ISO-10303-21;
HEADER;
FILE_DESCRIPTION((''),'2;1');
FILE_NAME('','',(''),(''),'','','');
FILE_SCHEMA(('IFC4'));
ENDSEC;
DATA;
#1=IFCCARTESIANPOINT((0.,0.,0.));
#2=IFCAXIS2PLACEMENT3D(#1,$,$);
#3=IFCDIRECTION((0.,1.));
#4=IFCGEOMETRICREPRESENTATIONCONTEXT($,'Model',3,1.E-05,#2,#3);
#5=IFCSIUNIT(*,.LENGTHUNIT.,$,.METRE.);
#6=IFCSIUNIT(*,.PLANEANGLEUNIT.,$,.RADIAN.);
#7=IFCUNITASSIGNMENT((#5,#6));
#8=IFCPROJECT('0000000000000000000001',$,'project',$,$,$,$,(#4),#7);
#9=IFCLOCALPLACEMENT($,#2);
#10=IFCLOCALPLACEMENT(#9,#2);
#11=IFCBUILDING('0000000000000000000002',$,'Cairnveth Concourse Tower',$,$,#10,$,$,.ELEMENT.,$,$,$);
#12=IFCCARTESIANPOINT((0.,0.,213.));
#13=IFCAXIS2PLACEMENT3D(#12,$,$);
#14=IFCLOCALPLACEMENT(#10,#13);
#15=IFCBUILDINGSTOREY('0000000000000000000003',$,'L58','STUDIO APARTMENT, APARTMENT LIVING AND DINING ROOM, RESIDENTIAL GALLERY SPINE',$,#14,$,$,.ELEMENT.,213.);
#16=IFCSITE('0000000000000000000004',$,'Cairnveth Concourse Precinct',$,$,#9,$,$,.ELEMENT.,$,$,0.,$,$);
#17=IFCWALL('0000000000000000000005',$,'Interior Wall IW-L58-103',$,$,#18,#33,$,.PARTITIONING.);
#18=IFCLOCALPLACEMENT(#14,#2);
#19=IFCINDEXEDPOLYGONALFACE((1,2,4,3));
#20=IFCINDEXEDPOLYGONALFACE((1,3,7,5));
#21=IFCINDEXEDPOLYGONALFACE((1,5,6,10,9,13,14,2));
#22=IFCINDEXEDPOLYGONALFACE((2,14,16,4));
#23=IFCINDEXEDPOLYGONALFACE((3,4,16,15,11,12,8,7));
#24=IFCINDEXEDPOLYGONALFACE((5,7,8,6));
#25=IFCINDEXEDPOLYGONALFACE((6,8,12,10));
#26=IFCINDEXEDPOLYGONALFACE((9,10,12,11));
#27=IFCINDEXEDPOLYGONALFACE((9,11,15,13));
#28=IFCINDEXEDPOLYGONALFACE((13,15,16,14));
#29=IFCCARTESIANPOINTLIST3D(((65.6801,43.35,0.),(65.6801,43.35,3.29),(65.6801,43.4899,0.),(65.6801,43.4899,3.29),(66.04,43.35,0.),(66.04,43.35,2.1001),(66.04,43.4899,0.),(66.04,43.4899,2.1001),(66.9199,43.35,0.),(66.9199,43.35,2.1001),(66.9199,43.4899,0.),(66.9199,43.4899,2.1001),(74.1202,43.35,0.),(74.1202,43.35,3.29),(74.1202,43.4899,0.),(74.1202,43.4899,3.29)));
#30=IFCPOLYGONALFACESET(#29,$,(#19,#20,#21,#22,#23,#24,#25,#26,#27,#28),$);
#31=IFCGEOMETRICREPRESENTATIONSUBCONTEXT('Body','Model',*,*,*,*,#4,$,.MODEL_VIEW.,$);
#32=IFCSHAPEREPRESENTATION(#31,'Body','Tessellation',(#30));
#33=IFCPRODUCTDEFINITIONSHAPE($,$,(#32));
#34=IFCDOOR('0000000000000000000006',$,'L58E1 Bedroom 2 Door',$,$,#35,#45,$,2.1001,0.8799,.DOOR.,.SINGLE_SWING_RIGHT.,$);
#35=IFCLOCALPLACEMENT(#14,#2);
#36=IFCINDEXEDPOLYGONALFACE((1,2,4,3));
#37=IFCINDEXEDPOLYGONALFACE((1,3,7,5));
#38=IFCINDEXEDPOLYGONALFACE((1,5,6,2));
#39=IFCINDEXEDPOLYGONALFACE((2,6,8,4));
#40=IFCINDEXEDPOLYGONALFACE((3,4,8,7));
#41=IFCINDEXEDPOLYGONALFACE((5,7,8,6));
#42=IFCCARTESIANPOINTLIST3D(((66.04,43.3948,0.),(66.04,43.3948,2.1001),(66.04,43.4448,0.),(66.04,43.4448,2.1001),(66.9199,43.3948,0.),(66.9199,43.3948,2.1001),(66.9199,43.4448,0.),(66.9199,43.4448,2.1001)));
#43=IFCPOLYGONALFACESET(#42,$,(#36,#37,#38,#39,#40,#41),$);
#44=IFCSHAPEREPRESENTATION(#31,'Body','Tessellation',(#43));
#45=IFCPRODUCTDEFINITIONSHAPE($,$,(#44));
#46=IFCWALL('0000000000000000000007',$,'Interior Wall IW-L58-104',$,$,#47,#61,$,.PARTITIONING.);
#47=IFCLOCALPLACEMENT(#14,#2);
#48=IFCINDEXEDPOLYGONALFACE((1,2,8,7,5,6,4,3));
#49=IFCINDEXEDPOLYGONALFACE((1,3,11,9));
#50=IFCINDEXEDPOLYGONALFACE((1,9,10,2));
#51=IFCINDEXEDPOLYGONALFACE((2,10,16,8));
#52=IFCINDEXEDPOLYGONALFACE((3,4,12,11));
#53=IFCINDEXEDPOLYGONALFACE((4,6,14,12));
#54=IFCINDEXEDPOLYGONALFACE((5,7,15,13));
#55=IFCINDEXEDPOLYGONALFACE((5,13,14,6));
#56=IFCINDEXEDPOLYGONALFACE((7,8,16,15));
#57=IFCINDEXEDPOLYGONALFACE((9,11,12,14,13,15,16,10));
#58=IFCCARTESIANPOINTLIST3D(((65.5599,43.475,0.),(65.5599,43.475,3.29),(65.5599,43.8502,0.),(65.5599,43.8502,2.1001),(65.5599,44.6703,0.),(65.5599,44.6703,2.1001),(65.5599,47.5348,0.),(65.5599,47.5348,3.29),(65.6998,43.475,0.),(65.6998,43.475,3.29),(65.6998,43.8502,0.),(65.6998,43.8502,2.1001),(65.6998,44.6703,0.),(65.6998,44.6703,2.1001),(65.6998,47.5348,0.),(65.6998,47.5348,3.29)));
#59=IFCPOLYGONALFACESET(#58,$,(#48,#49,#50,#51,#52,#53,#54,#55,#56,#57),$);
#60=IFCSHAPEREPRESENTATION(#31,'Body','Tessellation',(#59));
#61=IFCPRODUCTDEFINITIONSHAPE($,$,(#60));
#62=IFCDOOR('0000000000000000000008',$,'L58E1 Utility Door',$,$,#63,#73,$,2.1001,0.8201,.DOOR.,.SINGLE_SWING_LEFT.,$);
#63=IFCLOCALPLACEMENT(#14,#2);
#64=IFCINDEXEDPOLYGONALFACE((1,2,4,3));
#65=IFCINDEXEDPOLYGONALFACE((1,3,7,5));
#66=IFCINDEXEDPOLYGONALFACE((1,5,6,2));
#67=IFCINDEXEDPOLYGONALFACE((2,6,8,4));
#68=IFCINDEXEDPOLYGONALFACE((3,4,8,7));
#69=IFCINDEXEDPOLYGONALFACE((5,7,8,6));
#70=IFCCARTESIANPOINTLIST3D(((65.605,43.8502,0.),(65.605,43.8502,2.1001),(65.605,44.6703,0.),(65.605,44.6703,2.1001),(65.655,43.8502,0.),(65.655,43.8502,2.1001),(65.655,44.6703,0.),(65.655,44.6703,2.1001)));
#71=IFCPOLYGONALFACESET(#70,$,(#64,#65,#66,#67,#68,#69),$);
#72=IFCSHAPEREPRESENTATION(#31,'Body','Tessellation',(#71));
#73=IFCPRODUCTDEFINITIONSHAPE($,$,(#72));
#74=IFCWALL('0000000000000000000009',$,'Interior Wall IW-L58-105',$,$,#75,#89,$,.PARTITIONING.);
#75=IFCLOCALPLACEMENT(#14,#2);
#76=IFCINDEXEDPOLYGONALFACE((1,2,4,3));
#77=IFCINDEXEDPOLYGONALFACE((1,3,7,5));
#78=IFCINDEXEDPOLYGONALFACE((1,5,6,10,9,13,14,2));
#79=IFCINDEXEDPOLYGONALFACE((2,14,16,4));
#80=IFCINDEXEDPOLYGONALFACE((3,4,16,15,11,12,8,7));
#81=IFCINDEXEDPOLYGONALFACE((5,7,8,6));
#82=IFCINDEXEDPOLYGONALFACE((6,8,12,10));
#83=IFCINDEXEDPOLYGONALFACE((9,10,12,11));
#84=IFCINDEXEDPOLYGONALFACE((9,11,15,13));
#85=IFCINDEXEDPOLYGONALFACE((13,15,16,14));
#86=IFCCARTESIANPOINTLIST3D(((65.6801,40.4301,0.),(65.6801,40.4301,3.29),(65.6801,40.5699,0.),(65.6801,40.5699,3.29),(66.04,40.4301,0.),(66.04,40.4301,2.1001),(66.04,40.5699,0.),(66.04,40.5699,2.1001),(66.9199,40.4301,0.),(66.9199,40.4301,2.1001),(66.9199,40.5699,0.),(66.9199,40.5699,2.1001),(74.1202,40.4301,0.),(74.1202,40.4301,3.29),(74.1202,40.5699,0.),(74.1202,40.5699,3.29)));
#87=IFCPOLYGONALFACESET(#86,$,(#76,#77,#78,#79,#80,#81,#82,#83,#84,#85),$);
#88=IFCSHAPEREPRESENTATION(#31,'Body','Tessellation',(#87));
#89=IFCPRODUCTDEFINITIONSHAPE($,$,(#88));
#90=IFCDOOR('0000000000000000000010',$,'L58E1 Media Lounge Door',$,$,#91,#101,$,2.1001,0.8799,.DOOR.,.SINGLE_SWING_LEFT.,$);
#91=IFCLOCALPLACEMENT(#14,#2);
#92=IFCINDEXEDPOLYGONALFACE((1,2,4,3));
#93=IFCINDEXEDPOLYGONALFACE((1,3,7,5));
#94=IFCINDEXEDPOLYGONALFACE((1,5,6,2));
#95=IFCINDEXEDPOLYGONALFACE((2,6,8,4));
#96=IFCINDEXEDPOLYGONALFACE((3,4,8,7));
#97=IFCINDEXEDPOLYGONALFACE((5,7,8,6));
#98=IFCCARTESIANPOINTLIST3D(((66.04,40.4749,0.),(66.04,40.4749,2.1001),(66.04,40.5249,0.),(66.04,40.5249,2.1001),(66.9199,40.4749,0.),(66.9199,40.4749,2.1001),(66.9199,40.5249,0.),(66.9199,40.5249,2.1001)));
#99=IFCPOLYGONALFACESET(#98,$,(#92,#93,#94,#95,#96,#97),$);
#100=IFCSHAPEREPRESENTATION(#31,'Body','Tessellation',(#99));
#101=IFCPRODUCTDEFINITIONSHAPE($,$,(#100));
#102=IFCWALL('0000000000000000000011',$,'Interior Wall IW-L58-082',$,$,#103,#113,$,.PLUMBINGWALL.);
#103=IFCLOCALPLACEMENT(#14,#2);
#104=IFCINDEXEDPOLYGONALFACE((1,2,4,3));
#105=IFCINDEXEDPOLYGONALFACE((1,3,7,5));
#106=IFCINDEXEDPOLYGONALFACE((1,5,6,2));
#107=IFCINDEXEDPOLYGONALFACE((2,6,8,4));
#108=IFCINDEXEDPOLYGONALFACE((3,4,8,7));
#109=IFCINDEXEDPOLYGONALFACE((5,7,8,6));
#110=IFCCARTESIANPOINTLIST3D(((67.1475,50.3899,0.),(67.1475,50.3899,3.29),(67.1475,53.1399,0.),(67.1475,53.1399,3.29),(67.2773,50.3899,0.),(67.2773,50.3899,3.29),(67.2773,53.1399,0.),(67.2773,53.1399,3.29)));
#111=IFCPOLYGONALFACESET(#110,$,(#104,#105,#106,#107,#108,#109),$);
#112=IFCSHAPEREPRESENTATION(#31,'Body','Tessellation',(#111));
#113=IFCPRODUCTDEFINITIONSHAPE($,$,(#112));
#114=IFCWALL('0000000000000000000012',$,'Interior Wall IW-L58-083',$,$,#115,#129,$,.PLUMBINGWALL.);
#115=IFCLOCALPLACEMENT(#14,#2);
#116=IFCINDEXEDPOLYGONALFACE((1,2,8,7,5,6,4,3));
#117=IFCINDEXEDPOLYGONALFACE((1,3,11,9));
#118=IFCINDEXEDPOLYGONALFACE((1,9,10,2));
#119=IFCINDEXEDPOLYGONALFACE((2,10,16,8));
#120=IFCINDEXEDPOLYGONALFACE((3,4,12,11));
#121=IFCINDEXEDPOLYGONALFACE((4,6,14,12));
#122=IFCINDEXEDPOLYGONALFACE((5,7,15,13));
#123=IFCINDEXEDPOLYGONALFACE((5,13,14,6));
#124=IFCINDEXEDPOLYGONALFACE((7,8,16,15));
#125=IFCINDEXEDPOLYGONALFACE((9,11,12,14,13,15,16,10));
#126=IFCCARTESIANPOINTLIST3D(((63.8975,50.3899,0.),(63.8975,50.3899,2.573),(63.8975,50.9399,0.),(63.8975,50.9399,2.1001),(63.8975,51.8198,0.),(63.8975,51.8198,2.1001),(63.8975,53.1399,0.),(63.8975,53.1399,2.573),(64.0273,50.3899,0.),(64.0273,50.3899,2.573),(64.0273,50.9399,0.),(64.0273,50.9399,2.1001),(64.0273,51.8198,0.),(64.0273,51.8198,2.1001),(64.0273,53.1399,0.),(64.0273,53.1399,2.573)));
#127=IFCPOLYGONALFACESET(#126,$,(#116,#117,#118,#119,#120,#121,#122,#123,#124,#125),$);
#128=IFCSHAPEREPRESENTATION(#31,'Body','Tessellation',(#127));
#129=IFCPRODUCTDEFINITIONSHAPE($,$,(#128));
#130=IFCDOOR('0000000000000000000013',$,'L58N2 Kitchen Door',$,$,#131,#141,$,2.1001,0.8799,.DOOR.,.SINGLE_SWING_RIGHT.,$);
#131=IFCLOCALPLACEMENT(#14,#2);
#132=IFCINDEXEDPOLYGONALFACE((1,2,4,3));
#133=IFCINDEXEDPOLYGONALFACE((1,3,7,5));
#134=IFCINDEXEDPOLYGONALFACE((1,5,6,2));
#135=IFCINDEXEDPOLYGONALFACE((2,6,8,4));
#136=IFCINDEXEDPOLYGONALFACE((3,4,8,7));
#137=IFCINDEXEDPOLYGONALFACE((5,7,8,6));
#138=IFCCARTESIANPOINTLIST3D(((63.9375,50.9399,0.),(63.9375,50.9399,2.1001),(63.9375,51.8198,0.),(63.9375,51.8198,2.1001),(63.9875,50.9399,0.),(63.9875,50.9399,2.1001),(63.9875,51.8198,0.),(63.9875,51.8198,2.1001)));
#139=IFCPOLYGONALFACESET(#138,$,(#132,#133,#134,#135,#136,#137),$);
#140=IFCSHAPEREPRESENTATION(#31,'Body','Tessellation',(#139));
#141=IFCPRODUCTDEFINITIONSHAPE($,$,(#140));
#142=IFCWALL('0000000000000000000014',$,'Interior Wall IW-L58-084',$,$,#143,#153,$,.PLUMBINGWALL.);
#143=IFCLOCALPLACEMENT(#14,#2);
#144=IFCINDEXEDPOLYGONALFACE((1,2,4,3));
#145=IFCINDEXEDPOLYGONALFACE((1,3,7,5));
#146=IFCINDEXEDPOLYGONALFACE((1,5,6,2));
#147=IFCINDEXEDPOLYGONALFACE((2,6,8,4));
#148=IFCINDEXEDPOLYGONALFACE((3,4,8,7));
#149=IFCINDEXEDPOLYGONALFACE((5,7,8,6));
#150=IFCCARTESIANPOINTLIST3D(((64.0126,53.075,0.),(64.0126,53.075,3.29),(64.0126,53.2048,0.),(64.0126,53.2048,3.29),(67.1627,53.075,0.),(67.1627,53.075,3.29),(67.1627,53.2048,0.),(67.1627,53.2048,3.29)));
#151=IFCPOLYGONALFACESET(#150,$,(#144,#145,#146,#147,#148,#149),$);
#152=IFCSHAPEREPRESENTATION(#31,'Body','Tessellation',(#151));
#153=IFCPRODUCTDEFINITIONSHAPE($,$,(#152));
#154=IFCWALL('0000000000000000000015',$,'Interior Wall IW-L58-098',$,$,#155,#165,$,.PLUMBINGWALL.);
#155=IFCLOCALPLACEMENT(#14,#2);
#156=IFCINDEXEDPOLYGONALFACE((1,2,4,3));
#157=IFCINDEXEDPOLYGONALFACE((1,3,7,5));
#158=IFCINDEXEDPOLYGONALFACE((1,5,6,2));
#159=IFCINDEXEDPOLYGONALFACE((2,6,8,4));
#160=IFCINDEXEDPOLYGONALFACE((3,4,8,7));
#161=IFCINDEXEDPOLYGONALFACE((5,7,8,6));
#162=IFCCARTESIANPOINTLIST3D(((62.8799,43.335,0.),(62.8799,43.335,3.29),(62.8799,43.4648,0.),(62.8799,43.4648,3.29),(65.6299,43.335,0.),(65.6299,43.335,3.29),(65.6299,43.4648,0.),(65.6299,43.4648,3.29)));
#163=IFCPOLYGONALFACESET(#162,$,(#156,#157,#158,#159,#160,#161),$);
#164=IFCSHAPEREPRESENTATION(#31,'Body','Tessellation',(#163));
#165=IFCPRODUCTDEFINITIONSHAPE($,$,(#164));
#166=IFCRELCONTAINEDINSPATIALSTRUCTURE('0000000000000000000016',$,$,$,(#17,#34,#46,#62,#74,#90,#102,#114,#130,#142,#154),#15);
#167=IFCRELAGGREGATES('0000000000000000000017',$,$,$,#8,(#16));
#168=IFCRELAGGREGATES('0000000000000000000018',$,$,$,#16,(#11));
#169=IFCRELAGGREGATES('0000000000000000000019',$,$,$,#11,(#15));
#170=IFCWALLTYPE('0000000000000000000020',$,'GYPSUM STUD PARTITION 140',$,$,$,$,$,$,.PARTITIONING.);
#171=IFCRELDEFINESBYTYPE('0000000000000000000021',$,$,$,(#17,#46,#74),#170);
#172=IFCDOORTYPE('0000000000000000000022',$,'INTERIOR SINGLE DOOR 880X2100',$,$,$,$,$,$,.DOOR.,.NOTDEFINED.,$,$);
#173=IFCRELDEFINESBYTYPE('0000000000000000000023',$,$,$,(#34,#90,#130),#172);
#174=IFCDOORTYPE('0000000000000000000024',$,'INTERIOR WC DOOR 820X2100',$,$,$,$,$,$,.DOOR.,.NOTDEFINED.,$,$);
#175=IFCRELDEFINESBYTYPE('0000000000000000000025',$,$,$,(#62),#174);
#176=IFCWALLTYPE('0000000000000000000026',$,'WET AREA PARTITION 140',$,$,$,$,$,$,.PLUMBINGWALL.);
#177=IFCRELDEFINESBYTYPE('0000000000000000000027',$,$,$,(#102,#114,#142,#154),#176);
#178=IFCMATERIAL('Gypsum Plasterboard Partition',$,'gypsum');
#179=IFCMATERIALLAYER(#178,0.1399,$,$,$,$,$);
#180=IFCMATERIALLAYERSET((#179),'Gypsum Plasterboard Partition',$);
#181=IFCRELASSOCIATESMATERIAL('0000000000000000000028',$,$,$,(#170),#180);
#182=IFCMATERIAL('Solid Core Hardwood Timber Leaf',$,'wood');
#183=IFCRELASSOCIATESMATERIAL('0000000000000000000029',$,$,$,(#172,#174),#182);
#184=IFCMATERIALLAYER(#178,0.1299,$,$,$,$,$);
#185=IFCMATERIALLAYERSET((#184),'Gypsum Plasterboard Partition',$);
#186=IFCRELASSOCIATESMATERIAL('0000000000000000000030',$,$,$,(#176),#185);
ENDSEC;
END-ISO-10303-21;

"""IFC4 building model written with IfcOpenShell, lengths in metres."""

from ifc_helpers import new_model, si_unit, direction, frame, frame_2d, origin, place, context, subcontext, project, spatial, rectangle, extrude, material, layer, layer_set, type_object, element, fill, save


model = new_model("IFC4")

# Units and contexts
model_context = context("Model", 3, precision=1e-05, world=origin(), true_north=direction((0.0, 1.0)))
body_context = subcontext(model_context, "Body", "Model", "MODEL_VIEW")
ifc_project = project(units=[si_unit("LENGTHUNIT", "METRE"), si_unit("PLANEANGLEUNIT", "RADIAN")], contexts=[model_context])

# Site, building, storey
site_placement = place(None, origin())
site = spatial("IfcSite", under=ifc_project, at=site_placement, Name="Cairnveth Concourse Precinct", CompositionType="ELEMENT", RefElevation=0.0)
building_placement = place(site_placement, origin())
building = spatial("IfcBuilding", under=site, at=building_placement, Name="Cairnveth Concourse Tower", CompositionType="ELEMENT")
storey_placement = place(building_placement, frame((0.0, 0.0, 213.0)))
storey = spatial("IfcBuildingStorey", under=building, at=storey_placement, Name="L58", Description="STUDIO APARTMENT, APARTMENT LIVING AND DINING ROOM, RESIDENTIAL GALLERY SPINE", CompositionType="ELEMENT", Elevation=213.0)

# Shared definitions
ifc_material_1 = material(Name="Gypsum Plasterboard Partition", Category="gypsum")

# Walls, openings, doors
ifc_layer_1 = layer(ifc_material_1, 0.1399)
ifc_layer_set_1 = layer_set([ifc_layer_1], Name="Gypsum Plasterboard Partition")
wall_type_1 = type_object("IfcWallType", Name="GYPSUM STUD PARTITION 140", PredefinedType="PARTITIONING", material=ifc_layer_set_1)
ifc_material_2 = material(Name="Solid Core Hardwood Timber Leaf", Category="wood")
door_type_1 = type_object("IfcDoorType", Name="INTERIOR SINGLE DOOR 880X2100", OperationType="NOTDEFINED", PredefinedType="DOOR", material=ifc_material_2)
door_type_2 = type_object("IfcDoorType", Name="INTERIOR WC DOOR 820X2100", OperationType="NOTDEFINED", PredefinedType="DOOR", material=ifc_material_2)
wall_1_placement = place(storey_placement, frame((65.6799, 43.4199, 0.0), z_axis=(0.0, 0.0, 1.0), x_axis=(1.0, 0.0, 0.0)))
wall_1 = element("IfcWall", 1, at=wall_1_placement, inside=storey, type_object=wall_type_1, Name="Interior Wall IW-L58-103", PredefinedType="PARTITIONING", context=body_context, shape_type="SweptSolid", body=[
    extrude(rectangle(XDim=8.4402, YDim=0.1399, at=frame_2d((4.2202, 0.0))), origin(), (0.0, 0.0, 1.0), 3.29),
])
opening_1_placement = place(wall_1_placement, frame((0.3601, 0.0, 0.0)))
opening_1 = element("IfcOpeningElement", 2, at=opening_1_placement, cuts=wall_1, PredefinedType="OPENING", context=body_context, shape_type="SweptSolid", body=[
    extrude(rectangle(XDim=0.8799, YDim=2.1001, at=frame_2d((0.4399, 1.05))), frame((0.0, 0.0798, 0.0), z_axis=(0.0, -1.0, 0.0), x_axis=(1.0, 0.0, 0.0)), (0.0, 0.0, 1.0), 0.1599),
])
door_1_placement = place(opening_1_placement, origin())
door_1 = element("IfcDoor", 3, at=door_1_placement, inside=storey, type_object=door_type_1, Name="L58E1 Bedroom 2 Door", OperationType="SINGLE_SWING_RIGHT", OverallHeight=2.1001, OverallWidth=0.8799, PredefinedType="DOOR", context=body_context, shape_type="SweptSolid", body=[
    extrude(rectangle(XDim=0.8799, YDim=2.1001, at=frame_2d((0.4399, 1.05))), frame((0.0, 0.0249, 0.0), z_axis=(0.0, -1.0, 0.0), x_axis=(1.0, 0.0, 0.0)), (0.0, 0.0, 1.0), 0.05),
])
fill(opening_1, door_1)
wall_2_placement = place(storey_placement, frame((65.6299, 43.4751, 0.0), z_axis=(0.0, 0.0, 1.0), x_axis=(0.0, 1.0, 0.0)))
wall_2 = element("IfcWall", 4, at=wall_2_placement, inside=storey, type_object=wall_type_1, Name="Interior Wall IW-L58-104", PredefinedType="PARTITIONING", context=body_context, shape_type="SweptSolid", body=[
    extrude(rectangle(XDim=4.0598, YDim=0.1399, at=frame_2d((2.0298, 0.0))), origin(), (0.0, 0.0, 1.0), 3.29),
])
opening_2_placement = place(wall_2_placement, frame((0.375, 0.0, 0.0)))
opening_2 = element("IfcOpeningElement", 5, at=opening_2_placement, cuts=wall_2, PredefinedType="OPENING", context=body_context, shape_type="SweptSolid", body=[
    extrude(rectangle(XDim=0.8201, YDim=2.1001, at=frame_2d((0.4102, 1.05))), frame((0.0, 0.0798, 0.0), z_axis=(0.0, -1.0, 0.0), x_axis=(1.0, 0.0, 0.0)), (0.0, 0.0, 1.0), 0.1599),
])
door_2_placement = place(opening_2_placement, origin())
door_2 = element("IfcDoor", 6, at=door_2_placement, inside=storey, type_object=door_type_2, Name="L58E1 Utility Door", OperationType="SINGLE_SWING_LEFT", OverallHeight=2.1001, OverallWidth=0.8201, PredefinedType="DOOR", context=body_context, shape_type="SweptSolid", body=[
    extrude(rectangle(XDim=0.8201, YDim=2.1001, at=frame_2d((0.4102, 1.05))), frame((0.0, 0.0249, 0.0), z_axis=(0.0, -1.0, 0.0), x_axis=(1.0, 0.0, 0.0)), (0.0, 0.0, 1.0), 0.05),
])
fill(opening_2, door_2)
wall_3_placement = place(storey_placement, frame((65.6799, 40.5, 0.0), z_axis=(0.0, 0.0, 1.0), x_axis=(1.0, 0.0, 0.0)))
wall_3 = element("IfcWall", 7, at=wall_3_placement, inside=storey, type_object=wall_type_1, Name="Interior Wall IW-L58-105", PredefinedType="PARTITIONING", context=body_context, shape_type="SweptSolid", body=[
    extrude(rectangle(XDim=8.4402, YDim=0.1399, at=frame_2d((4.2202, 0.0))), origin(), (0.0, 0.0, 1.0), 3.29),
])
opening_3_placement = place(wall_3_placement, frame((0.3601, 0.0, 0.0)))
opening_3 = element("IfcOpeningElement", 8, at=opening_3_placement, cuts=wall_3, PredefinedType="OPENING", context=body_context, shape_type="SweptSolid", body=[
    extrude(rectangle(XDim=0.8799, YDim=2.1001, at=frame_2d((0.4399, 1.05))), frame((0.0, 0.0798, 0.0), z_axis=(0.0, -1.0, 0.0), x_axis=(1.0, 0.0, 0.0)), (0.0, 0.0, 1.0), 0.1599),
])
door_3_placement = place(opening_3_placement, origin())
door_3 = element("IfcDoor", 9, at=door_3_placement, inside=storey, type_object=door_type_1, Name="L58E1 Media Lounge Door", OperationType="SINGLE_SWING_LEFT", OverallHeight=2.1001, OverallWidth=0.8799, PredefinedType="DOOR", context=body_context, shape_type="SweptSolid", body=[
    extrude(rectangle(XDim=0.8799, YDim=2.1001, at=frame_2d((0.4399, 1.05))), frame((0.0, 0.0249, 0.0), z_axis=(0.0, -1.0, 0.0), x_axis=(1.0, 0.0, 0.0)), (0.0, 0.0, 1.0), 0.05),
])
fill(opening_3, door_3)

# Wall
ifc_layer_2 = layer(ifc_material_1, 0.1299)
ifc_layer_set_2 = layer_set([ifc_layer_2], Name="Gypsum Plasterboard Partition")
wall_type_2 = type_object("IfcWallType", Name="WET AREA PARTITION 140", PredefinedType="PLUMBINGWALL", material=ifc_layer_set_2)
wall_4_placement = place(storey_placement, frame((67.2124, 50.3899, 0.0), z_axis=(0.0, 0.0, 1.0), x_axis=(0.0, 1.0, 0.0)))
element("IfcWall", 10, at=wall_4_placement, inside=storey, type_object=wall_type_2, Name="Interior Wall IW-L58-082", PredefinedType="PLUMBINGWALL", context=body_context, shape_type="SweptSolid", body=[
    extrude(rectangle(XDim=2.75, YDim=0.1299, at=frame_2d((1.375, 0.0))), origin(), (0.0, 0.0, 1.0), 3.29),
])

# Wall, opening, door
wall_5_placement = place(storey_placement, frame((63.9624, 50.3899, 0.0), z_axis=(0.0, 0.0, 1.0), x_axis=(0.0, 1.0, 0.0)))
wall_5 = element("IfcWall", 11, at=wall_5_placement, inside=storey, type_object=wall_type_2, Name="Interior Wall IW-L58-083", PredefinedType="PLUMBINGWALL", context=body_context, shape_type="SweptSolid", body=[
    extrude(rectangle(XDim=2.75, YDim=0.1299, at=frame_2d((1.375, 0.0))), origin(), (0.0, 0.0, 1.0), 2.573),
])
opening_4_placement = place(wall_5_placement, frame((0.55, 0.0, 0.0)))
opening_4 = element("IfcOpeningElement", 12, at=opening_4_placement, cuts=wall_5, PredefinedType="OPENING", context=body_context, shape_type="SweptSolid", body=[
    extrude(rectangle(XDim=0.8799, YDim=2.1001, at=frame_2d((0.4399, 1.05))), frame((0.0, 0.075, 0.0), z_axis=(0.0, -1.0, 0.0), x_axis=(1.0, 0.0, 0.0)), (0.0, 0.0, 1.0), 0.1499),
])
door_4_placement = place(opening_4_placement, origin())
door_4 = element("IfcDoor", 13, at=door_4_placement, inside=storey, type_object=door_type_1, Name="L58N2 Kitchen Door", OperationType="SINGLE_SWING_RIGHT", OverallHeight=2.1001, OverallWidth=0.8799, PredefinedType="DOOR", context=body_context, shape_type="SweptSolid", body=[
    extrude(rectangle(XDim=0.8799, YDim=2.1001, at=frame_2d((0.4399, 1.05))), frame((0.0, 0.0249, 0.0), z_axis=(0.0, -1.0, 0.0), x_axis=(1.0, 0.0, 0.0)), (0.0, 0.0, 1.0), 0.05),
])
fill(opening_4, door_4)

# Walls
wall_6_placement = place(storey_placement, frame((64.0125, 53.1399, 0.0), z_axis=(0.0, 0.0, 1.0), x_axis=(1.0, 0.0, 0.0)))
element("IfcWall", 14, at=wall_6_placement, inside=storey, type_object=wall_type_2, Name="Interior Wall IW-L58-084", PredefinedType="PLUMBINGWALL", context=body_context, shape_type="SweptSolid", body=[
    extrude(rectangle(XDim=3.1501, YDim=0.1299, at=frame_2d((1.5752, 0.0))), origin(), (0.0, 0.0, 1.0), 3.29),
])
wall_7_placement = place(storey_placement, frame((62.8799, 43.3999, 0.0), z_axis=(0.0, 0.0, 1.0), x_axis=(1.0, 0.0, 0.0)))
element("IfcWall", 15, at=wall_7_placement, inside=storey, type_object=wall_type_2, Name="Interior Wall IW-L58-098", PredefinedType="PLUMBINGWALL", context=body_context, shape_type="SweptSolid", body=[
    extrude(rectangle(XDim=2.75, YDim=0.1299, at=frame_2d((1.375, 0.0))), origin(), (0.0, 0.0, 1.0), 3.29),
])

save(model, "model.ifc")
